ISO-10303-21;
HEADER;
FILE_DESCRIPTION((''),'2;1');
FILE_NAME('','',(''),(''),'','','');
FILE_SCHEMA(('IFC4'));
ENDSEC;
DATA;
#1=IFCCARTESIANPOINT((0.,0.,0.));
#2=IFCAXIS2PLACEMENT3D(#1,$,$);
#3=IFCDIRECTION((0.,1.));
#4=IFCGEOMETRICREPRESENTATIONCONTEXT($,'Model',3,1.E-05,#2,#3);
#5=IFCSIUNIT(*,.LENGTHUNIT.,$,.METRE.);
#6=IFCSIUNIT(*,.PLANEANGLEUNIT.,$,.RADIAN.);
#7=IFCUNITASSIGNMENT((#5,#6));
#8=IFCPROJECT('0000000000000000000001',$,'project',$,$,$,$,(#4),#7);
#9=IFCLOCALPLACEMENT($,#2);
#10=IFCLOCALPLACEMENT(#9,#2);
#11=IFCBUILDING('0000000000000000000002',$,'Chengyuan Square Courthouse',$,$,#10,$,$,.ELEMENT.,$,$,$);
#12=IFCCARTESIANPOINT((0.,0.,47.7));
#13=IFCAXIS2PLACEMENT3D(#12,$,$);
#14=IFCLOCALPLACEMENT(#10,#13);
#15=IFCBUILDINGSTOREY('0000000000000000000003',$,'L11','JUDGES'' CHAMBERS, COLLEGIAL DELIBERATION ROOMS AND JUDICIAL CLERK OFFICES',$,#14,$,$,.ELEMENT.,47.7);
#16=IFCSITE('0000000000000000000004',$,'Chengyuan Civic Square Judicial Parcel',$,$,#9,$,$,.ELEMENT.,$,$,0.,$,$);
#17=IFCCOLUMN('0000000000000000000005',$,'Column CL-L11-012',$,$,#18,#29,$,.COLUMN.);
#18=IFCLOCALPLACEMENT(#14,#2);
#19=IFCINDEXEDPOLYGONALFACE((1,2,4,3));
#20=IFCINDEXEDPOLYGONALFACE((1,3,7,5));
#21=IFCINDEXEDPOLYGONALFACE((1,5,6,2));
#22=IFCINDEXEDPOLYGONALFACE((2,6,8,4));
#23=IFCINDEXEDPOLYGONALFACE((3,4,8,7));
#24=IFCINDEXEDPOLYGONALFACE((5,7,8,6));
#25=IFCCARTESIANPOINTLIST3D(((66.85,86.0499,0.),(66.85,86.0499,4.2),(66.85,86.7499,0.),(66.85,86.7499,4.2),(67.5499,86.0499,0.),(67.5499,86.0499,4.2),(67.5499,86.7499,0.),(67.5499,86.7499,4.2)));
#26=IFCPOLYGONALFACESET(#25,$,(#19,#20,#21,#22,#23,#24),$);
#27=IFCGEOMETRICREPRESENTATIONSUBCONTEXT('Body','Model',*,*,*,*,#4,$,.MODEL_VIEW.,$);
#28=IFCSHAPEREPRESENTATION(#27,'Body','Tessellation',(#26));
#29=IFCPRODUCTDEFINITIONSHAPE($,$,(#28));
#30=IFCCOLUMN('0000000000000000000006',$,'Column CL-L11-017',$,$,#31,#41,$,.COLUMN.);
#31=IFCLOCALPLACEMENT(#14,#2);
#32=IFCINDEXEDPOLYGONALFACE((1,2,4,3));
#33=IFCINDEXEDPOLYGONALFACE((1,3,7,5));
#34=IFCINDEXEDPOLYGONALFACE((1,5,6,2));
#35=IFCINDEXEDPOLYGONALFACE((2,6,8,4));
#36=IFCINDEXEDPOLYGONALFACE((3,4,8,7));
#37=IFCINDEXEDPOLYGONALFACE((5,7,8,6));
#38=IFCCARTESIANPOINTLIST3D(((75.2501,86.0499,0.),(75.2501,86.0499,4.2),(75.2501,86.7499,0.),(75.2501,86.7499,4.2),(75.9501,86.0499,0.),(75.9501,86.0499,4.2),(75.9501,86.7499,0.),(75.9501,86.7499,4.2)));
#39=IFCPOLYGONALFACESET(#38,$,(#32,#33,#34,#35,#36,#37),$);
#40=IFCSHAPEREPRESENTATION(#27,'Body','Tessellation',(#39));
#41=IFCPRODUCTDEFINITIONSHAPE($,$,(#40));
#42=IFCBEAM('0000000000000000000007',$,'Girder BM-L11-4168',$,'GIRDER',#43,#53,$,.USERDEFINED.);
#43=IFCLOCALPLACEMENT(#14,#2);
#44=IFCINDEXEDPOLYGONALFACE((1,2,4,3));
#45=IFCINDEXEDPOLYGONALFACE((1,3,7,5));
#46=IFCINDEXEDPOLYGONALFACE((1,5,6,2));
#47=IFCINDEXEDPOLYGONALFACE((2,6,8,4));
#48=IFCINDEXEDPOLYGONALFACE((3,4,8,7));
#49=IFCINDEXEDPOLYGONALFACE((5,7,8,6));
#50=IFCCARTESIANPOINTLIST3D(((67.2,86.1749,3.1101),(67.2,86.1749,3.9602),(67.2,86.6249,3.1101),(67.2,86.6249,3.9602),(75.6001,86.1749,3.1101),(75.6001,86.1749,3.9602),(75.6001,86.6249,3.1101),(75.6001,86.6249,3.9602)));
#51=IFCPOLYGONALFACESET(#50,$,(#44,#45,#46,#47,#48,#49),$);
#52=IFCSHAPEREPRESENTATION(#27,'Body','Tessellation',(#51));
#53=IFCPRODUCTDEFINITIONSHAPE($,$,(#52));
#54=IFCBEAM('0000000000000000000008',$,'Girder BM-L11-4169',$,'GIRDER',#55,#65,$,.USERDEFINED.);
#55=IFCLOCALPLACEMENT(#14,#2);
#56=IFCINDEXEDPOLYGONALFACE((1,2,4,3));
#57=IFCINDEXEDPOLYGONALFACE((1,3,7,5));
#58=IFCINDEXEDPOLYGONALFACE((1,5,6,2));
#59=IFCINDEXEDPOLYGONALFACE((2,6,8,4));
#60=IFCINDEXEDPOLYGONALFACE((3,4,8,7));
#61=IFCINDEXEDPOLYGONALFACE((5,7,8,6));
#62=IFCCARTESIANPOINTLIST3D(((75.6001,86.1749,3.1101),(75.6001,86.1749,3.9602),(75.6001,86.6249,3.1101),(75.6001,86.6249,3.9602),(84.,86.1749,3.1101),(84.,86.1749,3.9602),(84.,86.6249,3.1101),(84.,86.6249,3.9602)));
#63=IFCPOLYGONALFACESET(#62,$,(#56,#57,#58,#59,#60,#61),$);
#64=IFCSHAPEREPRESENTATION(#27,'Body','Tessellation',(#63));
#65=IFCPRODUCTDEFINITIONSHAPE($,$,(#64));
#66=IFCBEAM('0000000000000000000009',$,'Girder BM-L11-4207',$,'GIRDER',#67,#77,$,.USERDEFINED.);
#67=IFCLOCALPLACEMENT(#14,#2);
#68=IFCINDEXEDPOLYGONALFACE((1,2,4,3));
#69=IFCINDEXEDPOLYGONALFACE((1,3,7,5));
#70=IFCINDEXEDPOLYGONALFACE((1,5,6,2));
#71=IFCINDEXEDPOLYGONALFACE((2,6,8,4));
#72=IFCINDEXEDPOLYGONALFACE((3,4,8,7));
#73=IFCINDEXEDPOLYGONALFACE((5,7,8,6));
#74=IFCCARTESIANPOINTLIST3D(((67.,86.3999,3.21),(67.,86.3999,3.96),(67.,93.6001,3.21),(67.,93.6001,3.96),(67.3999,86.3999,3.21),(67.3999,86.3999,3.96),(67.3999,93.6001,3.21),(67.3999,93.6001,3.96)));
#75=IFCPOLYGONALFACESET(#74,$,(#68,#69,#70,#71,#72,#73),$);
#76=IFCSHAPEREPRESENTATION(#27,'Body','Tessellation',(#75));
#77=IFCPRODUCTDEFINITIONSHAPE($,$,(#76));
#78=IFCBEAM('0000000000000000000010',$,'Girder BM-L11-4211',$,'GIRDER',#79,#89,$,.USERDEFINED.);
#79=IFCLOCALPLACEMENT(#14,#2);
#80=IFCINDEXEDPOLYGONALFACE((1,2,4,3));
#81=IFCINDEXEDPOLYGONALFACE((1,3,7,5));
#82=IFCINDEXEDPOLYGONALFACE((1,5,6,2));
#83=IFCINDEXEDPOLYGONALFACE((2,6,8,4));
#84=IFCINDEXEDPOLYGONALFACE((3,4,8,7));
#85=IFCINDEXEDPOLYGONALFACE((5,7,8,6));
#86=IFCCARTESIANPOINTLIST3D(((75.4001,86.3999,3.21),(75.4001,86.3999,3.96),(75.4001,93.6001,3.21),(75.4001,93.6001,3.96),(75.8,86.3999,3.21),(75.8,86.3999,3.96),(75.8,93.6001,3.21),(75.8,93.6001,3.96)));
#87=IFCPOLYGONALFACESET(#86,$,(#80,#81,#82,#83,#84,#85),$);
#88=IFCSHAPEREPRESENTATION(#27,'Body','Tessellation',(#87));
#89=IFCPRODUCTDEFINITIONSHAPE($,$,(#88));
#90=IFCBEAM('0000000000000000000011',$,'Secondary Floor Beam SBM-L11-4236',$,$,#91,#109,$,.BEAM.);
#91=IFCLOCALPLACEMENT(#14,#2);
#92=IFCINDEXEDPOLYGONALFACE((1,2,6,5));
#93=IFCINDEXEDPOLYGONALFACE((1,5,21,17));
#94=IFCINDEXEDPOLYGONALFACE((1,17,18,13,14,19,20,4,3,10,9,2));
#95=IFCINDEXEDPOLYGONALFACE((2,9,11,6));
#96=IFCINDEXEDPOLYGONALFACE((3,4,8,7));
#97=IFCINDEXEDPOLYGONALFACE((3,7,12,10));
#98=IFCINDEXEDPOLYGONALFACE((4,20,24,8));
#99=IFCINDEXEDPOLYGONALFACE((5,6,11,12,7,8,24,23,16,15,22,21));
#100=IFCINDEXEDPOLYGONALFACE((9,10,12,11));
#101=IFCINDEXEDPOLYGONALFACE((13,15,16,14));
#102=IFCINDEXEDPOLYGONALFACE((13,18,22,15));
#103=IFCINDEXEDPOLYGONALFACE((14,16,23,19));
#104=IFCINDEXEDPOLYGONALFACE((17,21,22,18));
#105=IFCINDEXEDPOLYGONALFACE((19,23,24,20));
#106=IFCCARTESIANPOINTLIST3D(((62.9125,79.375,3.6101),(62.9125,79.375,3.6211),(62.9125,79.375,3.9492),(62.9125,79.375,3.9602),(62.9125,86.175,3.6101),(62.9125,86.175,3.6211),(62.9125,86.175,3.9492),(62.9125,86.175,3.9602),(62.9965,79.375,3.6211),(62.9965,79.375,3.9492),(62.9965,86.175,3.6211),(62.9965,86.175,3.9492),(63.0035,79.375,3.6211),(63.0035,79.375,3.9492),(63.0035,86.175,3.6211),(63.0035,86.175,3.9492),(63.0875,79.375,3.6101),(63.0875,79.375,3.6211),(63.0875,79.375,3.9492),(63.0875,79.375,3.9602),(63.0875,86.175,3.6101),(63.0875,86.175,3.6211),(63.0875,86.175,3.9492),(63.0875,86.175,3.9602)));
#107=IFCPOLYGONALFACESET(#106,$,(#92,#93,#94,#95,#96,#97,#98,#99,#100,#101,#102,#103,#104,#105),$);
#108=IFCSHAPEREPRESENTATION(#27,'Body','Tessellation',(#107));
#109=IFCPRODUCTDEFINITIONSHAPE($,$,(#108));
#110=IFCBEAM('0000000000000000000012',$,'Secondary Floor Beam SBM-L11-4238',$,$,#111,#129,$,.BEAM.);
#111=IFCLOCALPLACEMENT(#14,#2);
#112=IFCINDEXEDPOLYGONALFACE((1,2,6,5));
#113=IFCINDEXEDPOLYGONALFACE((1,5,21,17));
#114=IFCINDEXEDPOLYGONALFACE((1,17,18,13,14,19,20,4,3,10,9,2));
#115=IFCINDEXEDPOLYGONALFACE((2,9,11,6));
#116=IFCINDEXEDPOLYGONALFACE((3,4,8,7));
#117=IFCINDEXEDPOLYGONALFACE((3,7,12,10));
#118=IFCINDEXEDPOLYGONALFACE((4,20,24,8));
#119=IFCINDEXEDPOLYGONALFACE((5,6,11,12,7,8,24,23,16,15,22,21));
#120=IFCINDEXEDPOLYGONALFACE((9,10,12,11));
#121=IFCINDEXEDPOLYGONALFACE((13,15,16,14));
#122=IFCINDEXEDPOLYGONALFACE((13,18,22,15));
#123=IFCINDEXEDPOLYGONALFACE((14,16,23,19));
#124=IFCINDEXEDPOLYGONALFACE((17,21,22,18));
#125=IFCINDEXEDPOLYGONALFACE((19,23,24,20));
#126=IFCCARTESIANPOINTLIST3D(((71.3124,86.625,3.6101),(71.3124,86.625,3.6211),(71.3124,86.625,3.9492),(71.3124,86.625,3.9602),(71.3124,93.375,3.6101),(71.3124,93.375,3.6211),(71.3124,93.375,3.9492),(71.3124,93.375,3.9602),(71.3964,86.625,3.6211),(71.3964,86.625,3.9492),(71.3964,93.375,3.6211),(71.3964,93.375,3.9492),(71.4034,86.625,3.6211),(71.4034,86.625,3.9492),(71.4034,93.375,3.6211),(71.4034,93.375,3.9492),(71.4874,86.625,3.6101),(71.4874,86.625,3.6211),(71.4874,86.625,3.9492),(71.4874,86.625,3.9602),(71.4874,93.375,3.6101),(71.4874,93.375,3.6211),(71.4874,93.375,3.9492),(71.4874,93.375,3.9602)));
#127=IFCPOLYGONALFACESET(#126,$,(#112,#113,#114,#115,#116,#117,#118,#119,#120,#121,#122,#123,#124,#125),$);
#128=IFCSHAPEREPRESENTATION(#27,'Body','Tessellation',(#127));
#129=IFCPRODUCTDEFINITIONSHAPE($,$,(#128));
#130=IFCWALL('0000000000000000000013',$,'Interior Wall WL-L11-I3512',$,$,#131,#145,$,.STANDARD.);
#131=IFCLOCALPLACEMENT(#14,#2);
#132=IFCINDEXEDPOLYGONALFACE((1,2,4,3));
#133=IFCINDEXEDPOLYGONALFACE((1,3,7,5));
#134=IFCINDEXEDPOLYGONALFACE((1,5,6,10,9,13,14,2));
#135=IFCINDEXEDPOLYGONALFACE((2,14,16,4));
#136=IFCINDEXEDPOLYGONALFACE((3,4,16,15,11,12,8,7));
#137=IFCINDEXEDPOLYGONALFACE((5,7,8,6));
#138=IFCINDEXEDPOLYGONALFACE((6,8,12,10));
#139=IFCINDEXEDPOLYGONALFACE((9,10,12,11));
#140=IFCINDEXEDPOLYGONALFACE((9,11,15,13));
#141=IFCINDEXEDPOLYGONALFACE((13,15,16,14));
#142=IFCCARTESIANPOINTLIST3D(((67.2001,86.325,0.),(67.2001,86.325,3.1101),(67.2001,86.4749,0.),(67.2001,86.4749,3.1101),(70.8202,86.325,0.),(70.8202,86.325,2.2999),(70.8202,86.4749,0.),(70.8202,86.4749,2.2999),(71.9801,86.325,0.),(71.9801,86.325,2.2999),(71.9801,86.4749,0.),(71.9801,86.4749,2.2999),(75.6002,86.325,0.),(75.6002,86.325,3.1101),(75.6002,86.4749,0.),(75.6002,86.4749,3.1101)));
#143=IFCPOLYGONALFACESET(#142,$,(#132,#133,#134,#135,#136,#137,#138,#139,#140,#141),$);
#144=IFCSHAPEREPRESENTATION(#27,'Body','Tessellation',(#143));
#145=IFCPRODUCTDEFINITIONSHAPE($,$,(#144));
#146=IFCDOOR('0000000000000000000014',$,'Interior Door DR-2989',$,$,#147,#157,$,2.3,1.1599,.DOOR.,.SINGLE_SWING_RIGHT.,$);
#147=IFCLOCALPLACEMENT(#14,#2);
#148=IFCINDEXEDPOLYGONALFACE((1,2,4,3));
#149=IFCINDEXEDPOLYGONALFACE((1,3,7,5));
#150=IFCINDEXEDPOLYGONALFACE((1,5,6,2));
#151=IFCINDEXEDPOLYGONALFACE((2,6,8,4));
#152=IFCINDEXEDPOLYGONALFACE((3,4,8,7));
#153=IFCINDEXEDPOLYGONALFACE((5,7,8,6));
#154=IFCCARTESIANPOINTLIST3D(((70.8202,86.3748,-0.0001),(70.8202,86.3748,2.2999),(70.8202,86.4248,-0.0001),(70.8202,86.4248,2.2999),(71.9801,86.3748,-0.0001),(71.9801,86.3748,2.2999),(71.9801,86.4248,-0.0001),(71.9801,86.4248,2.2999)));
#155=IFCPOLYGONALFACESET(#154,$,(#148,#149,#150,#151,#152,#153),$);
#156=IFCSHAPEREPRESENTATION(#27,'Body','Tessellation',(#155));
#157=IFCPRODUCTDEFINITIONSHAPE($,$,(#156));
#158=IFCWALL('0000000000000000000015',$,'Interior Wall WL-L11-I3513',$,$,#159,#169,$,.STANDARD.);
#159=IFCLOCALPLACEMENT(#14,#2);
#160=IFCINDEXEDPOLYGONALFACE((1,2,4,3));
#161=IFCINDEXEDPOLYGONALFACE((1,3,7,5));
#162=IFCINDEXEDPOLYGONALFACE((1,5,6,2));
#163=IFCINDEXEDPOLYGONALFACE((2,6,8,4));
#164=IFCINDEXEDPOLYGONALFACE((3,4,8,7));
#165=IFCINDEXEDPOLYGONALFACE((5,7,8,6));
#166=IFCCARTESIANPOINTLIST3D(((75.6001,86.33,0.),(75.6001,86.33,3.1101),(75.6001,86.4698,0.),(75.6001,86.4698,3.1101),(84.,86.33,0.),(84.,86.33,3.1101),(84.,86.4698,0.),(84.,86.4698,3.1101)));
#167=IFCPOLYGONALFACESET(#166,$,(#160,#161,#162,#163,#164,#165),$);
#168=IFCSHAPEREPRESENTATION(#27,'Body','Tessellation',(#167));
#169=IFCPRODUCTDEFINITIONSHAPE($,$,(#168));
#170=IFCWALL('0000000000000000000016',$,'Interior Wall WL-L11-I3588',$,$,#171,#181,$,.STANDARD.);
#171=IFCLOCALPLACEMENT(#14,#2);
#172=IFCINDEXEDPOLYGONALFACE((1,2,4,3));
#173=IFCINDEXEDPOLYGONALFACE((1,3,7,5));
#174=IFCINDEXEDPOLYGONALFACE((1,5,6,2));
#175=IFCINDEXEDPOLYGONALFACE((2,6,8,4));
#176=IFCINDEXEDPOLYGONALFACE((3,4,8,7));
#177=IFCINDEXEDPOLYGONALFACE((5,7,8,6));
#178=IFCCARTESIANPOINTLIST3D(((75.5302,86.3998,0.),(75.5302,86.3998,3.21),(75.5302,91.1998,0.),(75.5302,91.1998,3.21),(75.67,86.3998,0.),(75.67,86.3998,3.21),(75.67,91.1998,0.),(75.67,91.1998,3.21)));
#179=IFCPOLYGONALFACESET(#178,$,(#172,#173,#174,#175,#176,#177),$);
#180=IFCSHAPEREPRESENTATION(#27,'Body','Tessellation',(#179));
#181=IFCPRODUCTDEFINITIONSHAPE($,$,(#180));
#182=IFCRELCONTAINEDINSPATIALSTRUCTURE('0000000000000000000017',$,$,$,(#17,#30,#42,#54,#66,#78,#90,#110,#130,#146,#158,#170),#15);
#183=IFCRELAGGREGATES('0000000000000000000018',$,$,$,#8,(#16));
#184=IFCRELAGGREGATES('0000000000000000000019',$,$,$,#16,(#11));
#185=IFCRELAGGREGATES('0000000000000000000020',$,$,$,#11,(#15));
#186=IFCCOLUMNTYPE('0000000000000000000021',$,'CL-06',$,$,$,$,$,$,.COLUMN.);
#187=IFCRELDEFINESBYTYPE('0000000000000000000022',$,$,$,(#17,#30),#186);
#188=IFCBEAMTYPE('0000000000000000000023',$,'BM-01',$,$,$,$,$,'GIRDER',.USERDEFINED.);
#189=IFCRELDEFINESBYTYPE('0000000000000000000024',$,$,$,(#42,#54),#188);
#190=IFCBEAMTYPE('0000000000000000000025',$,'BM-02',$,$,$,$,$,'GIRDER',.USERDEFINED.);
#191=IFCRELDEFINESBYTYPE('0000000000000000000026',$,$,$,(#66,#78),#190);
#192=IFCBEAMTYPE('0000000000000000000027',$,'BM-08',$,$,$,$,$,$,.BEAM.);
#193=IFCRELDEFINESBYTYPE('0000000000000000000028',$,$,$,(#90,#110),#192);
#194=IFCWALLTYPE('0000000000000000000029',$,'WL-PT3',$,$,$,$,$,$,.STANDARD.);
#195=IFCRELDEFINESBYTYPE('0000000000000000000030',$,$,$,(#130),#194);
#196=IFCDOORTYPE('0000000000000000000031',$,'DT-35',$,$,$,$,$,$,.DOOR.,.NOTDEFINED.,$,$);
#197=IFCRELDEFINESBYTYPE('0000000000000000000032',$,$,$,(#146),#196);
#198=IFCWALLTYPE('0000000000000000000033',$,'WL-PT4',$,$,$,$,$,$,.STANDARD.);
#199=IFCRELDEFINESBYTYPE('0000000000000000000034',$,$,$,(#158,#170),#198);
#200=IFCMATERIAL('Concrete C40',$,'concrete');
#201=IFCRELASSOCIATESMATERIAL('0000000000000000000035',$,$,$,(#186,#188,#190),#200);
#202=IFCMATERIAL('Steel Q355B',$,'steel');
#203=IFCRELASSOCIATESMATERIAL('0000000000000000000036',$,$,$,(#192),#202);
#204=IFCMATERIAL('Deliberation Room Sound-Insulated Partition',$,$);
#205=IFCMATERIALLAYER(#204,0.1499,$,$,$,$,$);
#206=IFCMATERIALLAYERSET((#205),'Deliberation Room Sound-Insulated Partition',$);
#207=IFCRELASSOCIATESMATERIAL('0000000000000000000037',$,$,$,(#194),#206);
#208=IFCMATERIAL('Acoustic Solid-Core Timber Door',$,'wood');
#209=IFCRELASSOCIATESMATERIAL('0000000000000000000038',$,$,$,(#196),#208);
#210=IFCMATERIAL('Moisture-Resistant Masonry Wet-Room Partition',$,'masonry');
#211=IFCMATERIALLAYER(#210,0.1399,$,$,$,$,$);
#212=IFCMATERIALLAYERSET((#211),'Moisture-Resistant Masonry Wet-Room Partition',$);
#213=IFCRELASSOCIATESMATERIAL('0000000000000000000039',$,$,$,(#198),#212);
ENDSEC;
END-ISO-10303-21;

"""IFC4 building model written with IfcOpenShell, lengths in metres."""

from ifc_helpers import new_model, si_unit, direction, frame, frame_2d, origin, origin_2d, place, context, subcontext, project, spatial, rectangle, i_section, extrude, material, layer, layer_set, material_profile, profile_set, type_object, element, fill, save


model = new_model("IFC4")

# Units and contexts
model_context = context("Model", 3, precision=1e-05, world=origin(), true_north=direction((0.0, 1.0)))
body_context = subcontext(model_context, "Body", "Model", "MODEL_VIEW")
ifc_project = project(units=[si_unit("LENGTHUNIT", "METRE"), si_unit("PLANEANGLEUNIT", "RADIAN")], contexts=[model_context])

# Site, building, storey
site_placement = place(None, origin())
site = spatial("IfcSite", under=ifc_project, at=site_placement, Name="Chengyuan Civic Square Judicial Parcel", CompositionType="ELEMENT", RefElevation=0.0)
building_placement = place(site_placement, origin())
building = spatial("IfcBuilding", under=site, at=building_placement, Name="Chengyuan Square Courthouse", CompositionType="ELEMENT")
storey_placement = place(building_placement, frame((0.0, 0.0, 47.7)))
storey = spatial("IfcBuildingStorey", under=building, at=storey_placement, Name="L11", Description="JUDGES' CHAMBERS, COLLEGIAL DELIBERATION ROOMS AND JUDICIAL CLERK OFFICES", CompositionType="ELEMENT", Elevation=47.7)

# Columns
ifc_material_1 = material(Name="Concrete C40", Category="concrete")
ifc_material_profile_1 = material_profile(ifc_material_1, rectangle(XDim=0.7, YDim=0.7, at=origin_2d()), Name="RC-COL-700x700")
ifc_profile_set_1 = profile_set([ifc_material_profile_1], Name="Concrete C40")
column_type = type_object("IfcColumnType", Name="CL-06", PredefinedType="COLUMN", material=ifc_profile_set_1)
for number, where, z_axis, x_axis, name in (
    (1, (67.2, 86.3999, 0.0), (0.0, 0.0, 1.0), (1.0, 0.0, 0.0), "Column CL-L11-012"),
    (2, (75.6001, 86.3999, 0.0), (0.0, 0.0, 1.0), (1.0, 0.0, 0.0), "Column CL-L11-017"),
):
    element("IfcColumn", number, at=place(storey_placement, frame(where, z_axis=z_axis, x_axis=x_axis)), inside=storey, type_object=column_type, Name=name, PredefinedType="COLUMN", context=body_context, shape_type="SweptSolid", body=[
        extrude(rectangle(XDim=0.7, YDim=0.7, at=origin_2d()), origin(), (0.0, 0.0, 1.0), 4.2),
    ])

# Beams
ifc_material_profile_2 = material_profile(ifc_material_1, rectangle(XDim=0.45, YDim=0.8501, at=origin_2d()), Name="RC-BM-450x850")
ifc_profile_set_2 = profile_set([ifc_material_profile_2], Name="Concrete C40")
beam_type_1 = type_object("IfcBeamType", Name="BM-01", ElementType="GIRDER", PredefinedType="USERDEFINED", material=ifc_profile_set_2)
beam_1_placement = place(storey_placement, frame((67.2, 86.3999, 3.5352), z_axis=(1.0, 0.0, 0.0), x_axis=(0.0, 1.0, 0.0)))
element("IfcBeam", 3, at=beam_1_placement, inside=storey, type_object=beam_type_1, Name="Girder BM-L11-4168", ObjectType="GIRDER", PredefinedType="USERDEFINED", context=body_context, shape_type="SweptSolid", body=[
    extrude(rectangle(XDim=0.45, YDim=0.8501, at=origin_2d()), origin(), (0.0, 0.0, 1.0), 8.4001),
])
beam_2_placement = place(storey_placement, frame((75.6001, 86.3999, 3.5352), z_axis=(1.0, 0.0, 0.0), x_axis=(0.0, 1.0, 0.0)))
element("IfcBeam", 4, at=beam_2_placement, inside=storey, type_object=beam_type_1, Name="Girder BM-L11-4169", ObjectType="GIRDER", PredefinedType="USERDEFINED", context=body_context, shape_type="SweptSolid", body=[
    extrude(rectangle(XDim=0.45, YDim=0.8501, at=origin_2d()), origin(), (0.0, 0.0, 1.0), 8.3999),
])
ifc_material_profile_3 = material_profile(ifc_material_1, rectangle(XDim=0.3999, YDim=0.75, at=origin_2d()), Name="RC-BM-400x750")
ifc_profile_set_3 = profile_set([ifc_material_profile_3], Name="Concrete C40")
beam_type_2 = type_object("IfcBeamType", Name="BM-02", ElementType="GIRDER", PredefinedType="USERDEFINED", material=ifc_profile_set_3)
for number, where, z_axis, x_axis, name in (
    (5, (67.2, 86.3999, 3.585), (0.0, 1.0, 0.0), (-1.0, 0.0, 0.0), "Girder BM-L11-4207"),
    (6, (75.6001, 86.3999, 3.585), (0.0, 1.0, 0.0), (-1.0, 0.0, 0.0), "Girder BM-L11-4211"),
):
    element("IfcBeam", number, at=place(storey_placement, frame(where, z_axis=z_axis, x_axis=x_axis)), inside=storey, type_object=beam_type_2, Name=name, ObjectType="GIRDER", PredefinedType="USERDEFINED", context=body_context, shape_type="SweptSolid", body=[
        extrude(rectangle(XDim=0.3999, YDim=0.75, at=origin_2d()), origin(), (0.0, 0.0, 1.0), 7.2002),
    ])
ifc_material_2 = material(Name="Steel Q355B", Category="steel")
ifc_material_profile_4 = material_profile(ifc_material_2, i_section(OverallWidth=0.175, OverallDepth=0.3501, WebThickness=0.0071, FlangeThickness=0.011, at=origin_2d()), Name="HN 350x175x7x11")
ifc_profile_set_4 = profile_set([ifc_material_profile_4], Name="Steel Q355B")
beam_type_3 = type_object("IfcBeamType", Name="BM-08", PredefinedType="BEAM", material=ifc_profile_set_4)
beam_3_placement = place(storey_placement, frame((63.0, 79.375, 3.7852), z_axis=(0.0, 1.0, 0.0), x_axis=(-1.0, 0.0, 0.0)))
element("IfcBeam", 7, at=beam_3_placement, inside=storey, type_object=beam_type_3, Name="Secondary Floor Beam SBM-L11-4236", PredefinedType="BEAM", context=body_context, shape_type="SweptSolid", body=[
    extrude(i_section(OverallWidth=0.175, OverallDepth=0.3501, WebThickness=0.0071, FlangeThickness=0.011, at=origin_2d()), origin(), (0.0, 0.0, 1.0), 6.8),
])
beam_4_placement = place(storey_placement, frame((71.3999, 86.625, 3.7852), z_axis=(0.0, 1.0, 0.0), x_axis=(-1.0, 0.0, 0.0)))
element("IfcBeam", 8, at=beam_4_placement, inside=storey, type_object=beam_type_3, Name="Secondary Floor Beam SBM-L11-4238", PredefinedType="BEAM", context=body_context, shape_type="SweptSolid", body=[
    extrude(i_section(OverallWidth=0.175, OverallDepth=0.3501, WebThickness=0.0071, FlangeThickness=0.011, at=origin_2d()), origin(), (0.0, 0.0, 1.0), 6.75),
])

# Wall, opening, door
ifc_material_3 = material(Name="Deliberation Room Sound-Insulated Partition")
ifc_layer_1 = layer(ifc_material_3, 0.1499)
ifc_layer_set_1 = layer_set([ifc_layer_1], Name="Deliberation Room Sound-Insulated Partition")
wall_type_1 = type_object("IfcWallType", Name="WL-PT3", PredefinedType="STANDARD", material=ifc_layer_set_1)
wall_1_placement = place(storey_placement, frame((67.2, 86.3999, 0.0), z_axis=(0.0, 0.0, 1.0), x_axis=(1.0, 0.0, 0.0)))
wall_1 = element("IfcWall", 9, at=wall_1_placement, inside=storey, type_object=wall_type_1, Name="Interior Wall WL-L11-I3512", PredefinedType="STANDARD", context=body_context, shape_type="SweptSolid", body=[
    extrude(rectangle(XDim=8.4001, YDim=0.1499, at=frame_2d((4.2002, 0.0))), origin(), (0.0, 0.0, 1.0), 3.1101),
])
opening_1_placement = place(wall_1_placement, frame((3.6201, 0.0, 0.0)))
opening_1 = element("IfcOpeningElement", 10, at=opening_1_placement, cuts=wall_1, PredefinedType="OPENING", context=body_context, shape_type="SweptSolid", body=[
    extrude(rectangle(XDim=1.1599, YDim=2.3, at=frame_2d((0.5801, 1.1499))), frame((0.0, 0.0869, 0.0), z_axis=(0.0, -1.0, 0.0), x_axis=(1.0, 0.0, 0.0)), (0.0, 0.0, 1.0), 0.1738),
])
ifc_material_4 = material(Name="Acoustic Solid-Core Timber Door", Category="wood")
door_type_1 = type_object("IfcDoorType", Name="DT-35", OperationType="NOTDEFINED", PredefinedType="DOOR", material=ifc_material_4)
door_1_placement = place(opening_1_placement, origin())
door_1 = element("IfcDoor", 11, at=door_1_placement, inside=storey, type_object=door_type_1, Name="Interior Door DR-2989", OperationType="SINGLE_SWING_RIGHT", OverallHeight=2.3, OverallWidth=1.1599, PredefinedType="DOOR", context=body_context, shape_type="SweptSolid", body=[
    extrude(rectangle(XDim=1.1599, YDim=2.3, at=frame_2d((0.5801, 1.1499))), frame((0.0, 0.0249, 0.0), z_axis=(0.0, -1.0, 0.0), x_axis=(1.0, 0.0, 0.0)), (0.0, 0.0, 1.0), 0.05),
])
fill(opening_1, door_1)

# Walls
ifc_material_5 = material(Name="Moisture-Resistant Masonry Wet-Room Partition", Category="masonry")
ifc_layer_2 = layer(ifc_material_5, 0.1399)
ifc_layer_set_2 = layer_set([ifc_layer_2], Name="Moisture-Resistant Masonry Wet-Room Partition")
wall_type_2 = type_object("IfcWallType", Name="WL-PT4", PredefinedType="STANDARD", material=ifc_layer_set_2)
wall_2_placement = place(storey_placement, frame((75.6001, 86.3999, 0.0), z_axis=(0.0, 0.0, 1.0), x_axis=(1.0, 0.0, 0.0)))
element("IfcWall", 12, at=wall_2_placement, inside=storey, type_object=wall_type_2, Name="Interior Wall WL-L11-I3513", PredefinedType="STANDARD", context=body_context, shape_type="SweptSolid", body=[
    extrude(rectangle(XDim=8.3999, YDim=0.1399, at=frame_2d((4.2, 0.0))), origin(), (0.0, 0.0, 1.0), 3.1101),
])
wall_3_placement = place(storey_placement, frame((75.6001, 86.3999, 0.0), z_axis=(0.0, 0.0, 1.0), x_axis=(0.0, 1.0, 0.0)))
element("IfcWall", 13, at=wall_3_placement, inside=storey, type_object=wall_type_2, Name="Interior Wall WL-L11-I3588", PredefinedType="STANDARD", context=body_context, shape_type="SweptSolid", body=[
    extrude(rectangle(XDim=4.8, YDim=0.1399, at=frame_2d((2.3999, 0.0))), origin(), (0.0, 0.0, 1.0), 3.21),
])

save(model, "model.ifc")
